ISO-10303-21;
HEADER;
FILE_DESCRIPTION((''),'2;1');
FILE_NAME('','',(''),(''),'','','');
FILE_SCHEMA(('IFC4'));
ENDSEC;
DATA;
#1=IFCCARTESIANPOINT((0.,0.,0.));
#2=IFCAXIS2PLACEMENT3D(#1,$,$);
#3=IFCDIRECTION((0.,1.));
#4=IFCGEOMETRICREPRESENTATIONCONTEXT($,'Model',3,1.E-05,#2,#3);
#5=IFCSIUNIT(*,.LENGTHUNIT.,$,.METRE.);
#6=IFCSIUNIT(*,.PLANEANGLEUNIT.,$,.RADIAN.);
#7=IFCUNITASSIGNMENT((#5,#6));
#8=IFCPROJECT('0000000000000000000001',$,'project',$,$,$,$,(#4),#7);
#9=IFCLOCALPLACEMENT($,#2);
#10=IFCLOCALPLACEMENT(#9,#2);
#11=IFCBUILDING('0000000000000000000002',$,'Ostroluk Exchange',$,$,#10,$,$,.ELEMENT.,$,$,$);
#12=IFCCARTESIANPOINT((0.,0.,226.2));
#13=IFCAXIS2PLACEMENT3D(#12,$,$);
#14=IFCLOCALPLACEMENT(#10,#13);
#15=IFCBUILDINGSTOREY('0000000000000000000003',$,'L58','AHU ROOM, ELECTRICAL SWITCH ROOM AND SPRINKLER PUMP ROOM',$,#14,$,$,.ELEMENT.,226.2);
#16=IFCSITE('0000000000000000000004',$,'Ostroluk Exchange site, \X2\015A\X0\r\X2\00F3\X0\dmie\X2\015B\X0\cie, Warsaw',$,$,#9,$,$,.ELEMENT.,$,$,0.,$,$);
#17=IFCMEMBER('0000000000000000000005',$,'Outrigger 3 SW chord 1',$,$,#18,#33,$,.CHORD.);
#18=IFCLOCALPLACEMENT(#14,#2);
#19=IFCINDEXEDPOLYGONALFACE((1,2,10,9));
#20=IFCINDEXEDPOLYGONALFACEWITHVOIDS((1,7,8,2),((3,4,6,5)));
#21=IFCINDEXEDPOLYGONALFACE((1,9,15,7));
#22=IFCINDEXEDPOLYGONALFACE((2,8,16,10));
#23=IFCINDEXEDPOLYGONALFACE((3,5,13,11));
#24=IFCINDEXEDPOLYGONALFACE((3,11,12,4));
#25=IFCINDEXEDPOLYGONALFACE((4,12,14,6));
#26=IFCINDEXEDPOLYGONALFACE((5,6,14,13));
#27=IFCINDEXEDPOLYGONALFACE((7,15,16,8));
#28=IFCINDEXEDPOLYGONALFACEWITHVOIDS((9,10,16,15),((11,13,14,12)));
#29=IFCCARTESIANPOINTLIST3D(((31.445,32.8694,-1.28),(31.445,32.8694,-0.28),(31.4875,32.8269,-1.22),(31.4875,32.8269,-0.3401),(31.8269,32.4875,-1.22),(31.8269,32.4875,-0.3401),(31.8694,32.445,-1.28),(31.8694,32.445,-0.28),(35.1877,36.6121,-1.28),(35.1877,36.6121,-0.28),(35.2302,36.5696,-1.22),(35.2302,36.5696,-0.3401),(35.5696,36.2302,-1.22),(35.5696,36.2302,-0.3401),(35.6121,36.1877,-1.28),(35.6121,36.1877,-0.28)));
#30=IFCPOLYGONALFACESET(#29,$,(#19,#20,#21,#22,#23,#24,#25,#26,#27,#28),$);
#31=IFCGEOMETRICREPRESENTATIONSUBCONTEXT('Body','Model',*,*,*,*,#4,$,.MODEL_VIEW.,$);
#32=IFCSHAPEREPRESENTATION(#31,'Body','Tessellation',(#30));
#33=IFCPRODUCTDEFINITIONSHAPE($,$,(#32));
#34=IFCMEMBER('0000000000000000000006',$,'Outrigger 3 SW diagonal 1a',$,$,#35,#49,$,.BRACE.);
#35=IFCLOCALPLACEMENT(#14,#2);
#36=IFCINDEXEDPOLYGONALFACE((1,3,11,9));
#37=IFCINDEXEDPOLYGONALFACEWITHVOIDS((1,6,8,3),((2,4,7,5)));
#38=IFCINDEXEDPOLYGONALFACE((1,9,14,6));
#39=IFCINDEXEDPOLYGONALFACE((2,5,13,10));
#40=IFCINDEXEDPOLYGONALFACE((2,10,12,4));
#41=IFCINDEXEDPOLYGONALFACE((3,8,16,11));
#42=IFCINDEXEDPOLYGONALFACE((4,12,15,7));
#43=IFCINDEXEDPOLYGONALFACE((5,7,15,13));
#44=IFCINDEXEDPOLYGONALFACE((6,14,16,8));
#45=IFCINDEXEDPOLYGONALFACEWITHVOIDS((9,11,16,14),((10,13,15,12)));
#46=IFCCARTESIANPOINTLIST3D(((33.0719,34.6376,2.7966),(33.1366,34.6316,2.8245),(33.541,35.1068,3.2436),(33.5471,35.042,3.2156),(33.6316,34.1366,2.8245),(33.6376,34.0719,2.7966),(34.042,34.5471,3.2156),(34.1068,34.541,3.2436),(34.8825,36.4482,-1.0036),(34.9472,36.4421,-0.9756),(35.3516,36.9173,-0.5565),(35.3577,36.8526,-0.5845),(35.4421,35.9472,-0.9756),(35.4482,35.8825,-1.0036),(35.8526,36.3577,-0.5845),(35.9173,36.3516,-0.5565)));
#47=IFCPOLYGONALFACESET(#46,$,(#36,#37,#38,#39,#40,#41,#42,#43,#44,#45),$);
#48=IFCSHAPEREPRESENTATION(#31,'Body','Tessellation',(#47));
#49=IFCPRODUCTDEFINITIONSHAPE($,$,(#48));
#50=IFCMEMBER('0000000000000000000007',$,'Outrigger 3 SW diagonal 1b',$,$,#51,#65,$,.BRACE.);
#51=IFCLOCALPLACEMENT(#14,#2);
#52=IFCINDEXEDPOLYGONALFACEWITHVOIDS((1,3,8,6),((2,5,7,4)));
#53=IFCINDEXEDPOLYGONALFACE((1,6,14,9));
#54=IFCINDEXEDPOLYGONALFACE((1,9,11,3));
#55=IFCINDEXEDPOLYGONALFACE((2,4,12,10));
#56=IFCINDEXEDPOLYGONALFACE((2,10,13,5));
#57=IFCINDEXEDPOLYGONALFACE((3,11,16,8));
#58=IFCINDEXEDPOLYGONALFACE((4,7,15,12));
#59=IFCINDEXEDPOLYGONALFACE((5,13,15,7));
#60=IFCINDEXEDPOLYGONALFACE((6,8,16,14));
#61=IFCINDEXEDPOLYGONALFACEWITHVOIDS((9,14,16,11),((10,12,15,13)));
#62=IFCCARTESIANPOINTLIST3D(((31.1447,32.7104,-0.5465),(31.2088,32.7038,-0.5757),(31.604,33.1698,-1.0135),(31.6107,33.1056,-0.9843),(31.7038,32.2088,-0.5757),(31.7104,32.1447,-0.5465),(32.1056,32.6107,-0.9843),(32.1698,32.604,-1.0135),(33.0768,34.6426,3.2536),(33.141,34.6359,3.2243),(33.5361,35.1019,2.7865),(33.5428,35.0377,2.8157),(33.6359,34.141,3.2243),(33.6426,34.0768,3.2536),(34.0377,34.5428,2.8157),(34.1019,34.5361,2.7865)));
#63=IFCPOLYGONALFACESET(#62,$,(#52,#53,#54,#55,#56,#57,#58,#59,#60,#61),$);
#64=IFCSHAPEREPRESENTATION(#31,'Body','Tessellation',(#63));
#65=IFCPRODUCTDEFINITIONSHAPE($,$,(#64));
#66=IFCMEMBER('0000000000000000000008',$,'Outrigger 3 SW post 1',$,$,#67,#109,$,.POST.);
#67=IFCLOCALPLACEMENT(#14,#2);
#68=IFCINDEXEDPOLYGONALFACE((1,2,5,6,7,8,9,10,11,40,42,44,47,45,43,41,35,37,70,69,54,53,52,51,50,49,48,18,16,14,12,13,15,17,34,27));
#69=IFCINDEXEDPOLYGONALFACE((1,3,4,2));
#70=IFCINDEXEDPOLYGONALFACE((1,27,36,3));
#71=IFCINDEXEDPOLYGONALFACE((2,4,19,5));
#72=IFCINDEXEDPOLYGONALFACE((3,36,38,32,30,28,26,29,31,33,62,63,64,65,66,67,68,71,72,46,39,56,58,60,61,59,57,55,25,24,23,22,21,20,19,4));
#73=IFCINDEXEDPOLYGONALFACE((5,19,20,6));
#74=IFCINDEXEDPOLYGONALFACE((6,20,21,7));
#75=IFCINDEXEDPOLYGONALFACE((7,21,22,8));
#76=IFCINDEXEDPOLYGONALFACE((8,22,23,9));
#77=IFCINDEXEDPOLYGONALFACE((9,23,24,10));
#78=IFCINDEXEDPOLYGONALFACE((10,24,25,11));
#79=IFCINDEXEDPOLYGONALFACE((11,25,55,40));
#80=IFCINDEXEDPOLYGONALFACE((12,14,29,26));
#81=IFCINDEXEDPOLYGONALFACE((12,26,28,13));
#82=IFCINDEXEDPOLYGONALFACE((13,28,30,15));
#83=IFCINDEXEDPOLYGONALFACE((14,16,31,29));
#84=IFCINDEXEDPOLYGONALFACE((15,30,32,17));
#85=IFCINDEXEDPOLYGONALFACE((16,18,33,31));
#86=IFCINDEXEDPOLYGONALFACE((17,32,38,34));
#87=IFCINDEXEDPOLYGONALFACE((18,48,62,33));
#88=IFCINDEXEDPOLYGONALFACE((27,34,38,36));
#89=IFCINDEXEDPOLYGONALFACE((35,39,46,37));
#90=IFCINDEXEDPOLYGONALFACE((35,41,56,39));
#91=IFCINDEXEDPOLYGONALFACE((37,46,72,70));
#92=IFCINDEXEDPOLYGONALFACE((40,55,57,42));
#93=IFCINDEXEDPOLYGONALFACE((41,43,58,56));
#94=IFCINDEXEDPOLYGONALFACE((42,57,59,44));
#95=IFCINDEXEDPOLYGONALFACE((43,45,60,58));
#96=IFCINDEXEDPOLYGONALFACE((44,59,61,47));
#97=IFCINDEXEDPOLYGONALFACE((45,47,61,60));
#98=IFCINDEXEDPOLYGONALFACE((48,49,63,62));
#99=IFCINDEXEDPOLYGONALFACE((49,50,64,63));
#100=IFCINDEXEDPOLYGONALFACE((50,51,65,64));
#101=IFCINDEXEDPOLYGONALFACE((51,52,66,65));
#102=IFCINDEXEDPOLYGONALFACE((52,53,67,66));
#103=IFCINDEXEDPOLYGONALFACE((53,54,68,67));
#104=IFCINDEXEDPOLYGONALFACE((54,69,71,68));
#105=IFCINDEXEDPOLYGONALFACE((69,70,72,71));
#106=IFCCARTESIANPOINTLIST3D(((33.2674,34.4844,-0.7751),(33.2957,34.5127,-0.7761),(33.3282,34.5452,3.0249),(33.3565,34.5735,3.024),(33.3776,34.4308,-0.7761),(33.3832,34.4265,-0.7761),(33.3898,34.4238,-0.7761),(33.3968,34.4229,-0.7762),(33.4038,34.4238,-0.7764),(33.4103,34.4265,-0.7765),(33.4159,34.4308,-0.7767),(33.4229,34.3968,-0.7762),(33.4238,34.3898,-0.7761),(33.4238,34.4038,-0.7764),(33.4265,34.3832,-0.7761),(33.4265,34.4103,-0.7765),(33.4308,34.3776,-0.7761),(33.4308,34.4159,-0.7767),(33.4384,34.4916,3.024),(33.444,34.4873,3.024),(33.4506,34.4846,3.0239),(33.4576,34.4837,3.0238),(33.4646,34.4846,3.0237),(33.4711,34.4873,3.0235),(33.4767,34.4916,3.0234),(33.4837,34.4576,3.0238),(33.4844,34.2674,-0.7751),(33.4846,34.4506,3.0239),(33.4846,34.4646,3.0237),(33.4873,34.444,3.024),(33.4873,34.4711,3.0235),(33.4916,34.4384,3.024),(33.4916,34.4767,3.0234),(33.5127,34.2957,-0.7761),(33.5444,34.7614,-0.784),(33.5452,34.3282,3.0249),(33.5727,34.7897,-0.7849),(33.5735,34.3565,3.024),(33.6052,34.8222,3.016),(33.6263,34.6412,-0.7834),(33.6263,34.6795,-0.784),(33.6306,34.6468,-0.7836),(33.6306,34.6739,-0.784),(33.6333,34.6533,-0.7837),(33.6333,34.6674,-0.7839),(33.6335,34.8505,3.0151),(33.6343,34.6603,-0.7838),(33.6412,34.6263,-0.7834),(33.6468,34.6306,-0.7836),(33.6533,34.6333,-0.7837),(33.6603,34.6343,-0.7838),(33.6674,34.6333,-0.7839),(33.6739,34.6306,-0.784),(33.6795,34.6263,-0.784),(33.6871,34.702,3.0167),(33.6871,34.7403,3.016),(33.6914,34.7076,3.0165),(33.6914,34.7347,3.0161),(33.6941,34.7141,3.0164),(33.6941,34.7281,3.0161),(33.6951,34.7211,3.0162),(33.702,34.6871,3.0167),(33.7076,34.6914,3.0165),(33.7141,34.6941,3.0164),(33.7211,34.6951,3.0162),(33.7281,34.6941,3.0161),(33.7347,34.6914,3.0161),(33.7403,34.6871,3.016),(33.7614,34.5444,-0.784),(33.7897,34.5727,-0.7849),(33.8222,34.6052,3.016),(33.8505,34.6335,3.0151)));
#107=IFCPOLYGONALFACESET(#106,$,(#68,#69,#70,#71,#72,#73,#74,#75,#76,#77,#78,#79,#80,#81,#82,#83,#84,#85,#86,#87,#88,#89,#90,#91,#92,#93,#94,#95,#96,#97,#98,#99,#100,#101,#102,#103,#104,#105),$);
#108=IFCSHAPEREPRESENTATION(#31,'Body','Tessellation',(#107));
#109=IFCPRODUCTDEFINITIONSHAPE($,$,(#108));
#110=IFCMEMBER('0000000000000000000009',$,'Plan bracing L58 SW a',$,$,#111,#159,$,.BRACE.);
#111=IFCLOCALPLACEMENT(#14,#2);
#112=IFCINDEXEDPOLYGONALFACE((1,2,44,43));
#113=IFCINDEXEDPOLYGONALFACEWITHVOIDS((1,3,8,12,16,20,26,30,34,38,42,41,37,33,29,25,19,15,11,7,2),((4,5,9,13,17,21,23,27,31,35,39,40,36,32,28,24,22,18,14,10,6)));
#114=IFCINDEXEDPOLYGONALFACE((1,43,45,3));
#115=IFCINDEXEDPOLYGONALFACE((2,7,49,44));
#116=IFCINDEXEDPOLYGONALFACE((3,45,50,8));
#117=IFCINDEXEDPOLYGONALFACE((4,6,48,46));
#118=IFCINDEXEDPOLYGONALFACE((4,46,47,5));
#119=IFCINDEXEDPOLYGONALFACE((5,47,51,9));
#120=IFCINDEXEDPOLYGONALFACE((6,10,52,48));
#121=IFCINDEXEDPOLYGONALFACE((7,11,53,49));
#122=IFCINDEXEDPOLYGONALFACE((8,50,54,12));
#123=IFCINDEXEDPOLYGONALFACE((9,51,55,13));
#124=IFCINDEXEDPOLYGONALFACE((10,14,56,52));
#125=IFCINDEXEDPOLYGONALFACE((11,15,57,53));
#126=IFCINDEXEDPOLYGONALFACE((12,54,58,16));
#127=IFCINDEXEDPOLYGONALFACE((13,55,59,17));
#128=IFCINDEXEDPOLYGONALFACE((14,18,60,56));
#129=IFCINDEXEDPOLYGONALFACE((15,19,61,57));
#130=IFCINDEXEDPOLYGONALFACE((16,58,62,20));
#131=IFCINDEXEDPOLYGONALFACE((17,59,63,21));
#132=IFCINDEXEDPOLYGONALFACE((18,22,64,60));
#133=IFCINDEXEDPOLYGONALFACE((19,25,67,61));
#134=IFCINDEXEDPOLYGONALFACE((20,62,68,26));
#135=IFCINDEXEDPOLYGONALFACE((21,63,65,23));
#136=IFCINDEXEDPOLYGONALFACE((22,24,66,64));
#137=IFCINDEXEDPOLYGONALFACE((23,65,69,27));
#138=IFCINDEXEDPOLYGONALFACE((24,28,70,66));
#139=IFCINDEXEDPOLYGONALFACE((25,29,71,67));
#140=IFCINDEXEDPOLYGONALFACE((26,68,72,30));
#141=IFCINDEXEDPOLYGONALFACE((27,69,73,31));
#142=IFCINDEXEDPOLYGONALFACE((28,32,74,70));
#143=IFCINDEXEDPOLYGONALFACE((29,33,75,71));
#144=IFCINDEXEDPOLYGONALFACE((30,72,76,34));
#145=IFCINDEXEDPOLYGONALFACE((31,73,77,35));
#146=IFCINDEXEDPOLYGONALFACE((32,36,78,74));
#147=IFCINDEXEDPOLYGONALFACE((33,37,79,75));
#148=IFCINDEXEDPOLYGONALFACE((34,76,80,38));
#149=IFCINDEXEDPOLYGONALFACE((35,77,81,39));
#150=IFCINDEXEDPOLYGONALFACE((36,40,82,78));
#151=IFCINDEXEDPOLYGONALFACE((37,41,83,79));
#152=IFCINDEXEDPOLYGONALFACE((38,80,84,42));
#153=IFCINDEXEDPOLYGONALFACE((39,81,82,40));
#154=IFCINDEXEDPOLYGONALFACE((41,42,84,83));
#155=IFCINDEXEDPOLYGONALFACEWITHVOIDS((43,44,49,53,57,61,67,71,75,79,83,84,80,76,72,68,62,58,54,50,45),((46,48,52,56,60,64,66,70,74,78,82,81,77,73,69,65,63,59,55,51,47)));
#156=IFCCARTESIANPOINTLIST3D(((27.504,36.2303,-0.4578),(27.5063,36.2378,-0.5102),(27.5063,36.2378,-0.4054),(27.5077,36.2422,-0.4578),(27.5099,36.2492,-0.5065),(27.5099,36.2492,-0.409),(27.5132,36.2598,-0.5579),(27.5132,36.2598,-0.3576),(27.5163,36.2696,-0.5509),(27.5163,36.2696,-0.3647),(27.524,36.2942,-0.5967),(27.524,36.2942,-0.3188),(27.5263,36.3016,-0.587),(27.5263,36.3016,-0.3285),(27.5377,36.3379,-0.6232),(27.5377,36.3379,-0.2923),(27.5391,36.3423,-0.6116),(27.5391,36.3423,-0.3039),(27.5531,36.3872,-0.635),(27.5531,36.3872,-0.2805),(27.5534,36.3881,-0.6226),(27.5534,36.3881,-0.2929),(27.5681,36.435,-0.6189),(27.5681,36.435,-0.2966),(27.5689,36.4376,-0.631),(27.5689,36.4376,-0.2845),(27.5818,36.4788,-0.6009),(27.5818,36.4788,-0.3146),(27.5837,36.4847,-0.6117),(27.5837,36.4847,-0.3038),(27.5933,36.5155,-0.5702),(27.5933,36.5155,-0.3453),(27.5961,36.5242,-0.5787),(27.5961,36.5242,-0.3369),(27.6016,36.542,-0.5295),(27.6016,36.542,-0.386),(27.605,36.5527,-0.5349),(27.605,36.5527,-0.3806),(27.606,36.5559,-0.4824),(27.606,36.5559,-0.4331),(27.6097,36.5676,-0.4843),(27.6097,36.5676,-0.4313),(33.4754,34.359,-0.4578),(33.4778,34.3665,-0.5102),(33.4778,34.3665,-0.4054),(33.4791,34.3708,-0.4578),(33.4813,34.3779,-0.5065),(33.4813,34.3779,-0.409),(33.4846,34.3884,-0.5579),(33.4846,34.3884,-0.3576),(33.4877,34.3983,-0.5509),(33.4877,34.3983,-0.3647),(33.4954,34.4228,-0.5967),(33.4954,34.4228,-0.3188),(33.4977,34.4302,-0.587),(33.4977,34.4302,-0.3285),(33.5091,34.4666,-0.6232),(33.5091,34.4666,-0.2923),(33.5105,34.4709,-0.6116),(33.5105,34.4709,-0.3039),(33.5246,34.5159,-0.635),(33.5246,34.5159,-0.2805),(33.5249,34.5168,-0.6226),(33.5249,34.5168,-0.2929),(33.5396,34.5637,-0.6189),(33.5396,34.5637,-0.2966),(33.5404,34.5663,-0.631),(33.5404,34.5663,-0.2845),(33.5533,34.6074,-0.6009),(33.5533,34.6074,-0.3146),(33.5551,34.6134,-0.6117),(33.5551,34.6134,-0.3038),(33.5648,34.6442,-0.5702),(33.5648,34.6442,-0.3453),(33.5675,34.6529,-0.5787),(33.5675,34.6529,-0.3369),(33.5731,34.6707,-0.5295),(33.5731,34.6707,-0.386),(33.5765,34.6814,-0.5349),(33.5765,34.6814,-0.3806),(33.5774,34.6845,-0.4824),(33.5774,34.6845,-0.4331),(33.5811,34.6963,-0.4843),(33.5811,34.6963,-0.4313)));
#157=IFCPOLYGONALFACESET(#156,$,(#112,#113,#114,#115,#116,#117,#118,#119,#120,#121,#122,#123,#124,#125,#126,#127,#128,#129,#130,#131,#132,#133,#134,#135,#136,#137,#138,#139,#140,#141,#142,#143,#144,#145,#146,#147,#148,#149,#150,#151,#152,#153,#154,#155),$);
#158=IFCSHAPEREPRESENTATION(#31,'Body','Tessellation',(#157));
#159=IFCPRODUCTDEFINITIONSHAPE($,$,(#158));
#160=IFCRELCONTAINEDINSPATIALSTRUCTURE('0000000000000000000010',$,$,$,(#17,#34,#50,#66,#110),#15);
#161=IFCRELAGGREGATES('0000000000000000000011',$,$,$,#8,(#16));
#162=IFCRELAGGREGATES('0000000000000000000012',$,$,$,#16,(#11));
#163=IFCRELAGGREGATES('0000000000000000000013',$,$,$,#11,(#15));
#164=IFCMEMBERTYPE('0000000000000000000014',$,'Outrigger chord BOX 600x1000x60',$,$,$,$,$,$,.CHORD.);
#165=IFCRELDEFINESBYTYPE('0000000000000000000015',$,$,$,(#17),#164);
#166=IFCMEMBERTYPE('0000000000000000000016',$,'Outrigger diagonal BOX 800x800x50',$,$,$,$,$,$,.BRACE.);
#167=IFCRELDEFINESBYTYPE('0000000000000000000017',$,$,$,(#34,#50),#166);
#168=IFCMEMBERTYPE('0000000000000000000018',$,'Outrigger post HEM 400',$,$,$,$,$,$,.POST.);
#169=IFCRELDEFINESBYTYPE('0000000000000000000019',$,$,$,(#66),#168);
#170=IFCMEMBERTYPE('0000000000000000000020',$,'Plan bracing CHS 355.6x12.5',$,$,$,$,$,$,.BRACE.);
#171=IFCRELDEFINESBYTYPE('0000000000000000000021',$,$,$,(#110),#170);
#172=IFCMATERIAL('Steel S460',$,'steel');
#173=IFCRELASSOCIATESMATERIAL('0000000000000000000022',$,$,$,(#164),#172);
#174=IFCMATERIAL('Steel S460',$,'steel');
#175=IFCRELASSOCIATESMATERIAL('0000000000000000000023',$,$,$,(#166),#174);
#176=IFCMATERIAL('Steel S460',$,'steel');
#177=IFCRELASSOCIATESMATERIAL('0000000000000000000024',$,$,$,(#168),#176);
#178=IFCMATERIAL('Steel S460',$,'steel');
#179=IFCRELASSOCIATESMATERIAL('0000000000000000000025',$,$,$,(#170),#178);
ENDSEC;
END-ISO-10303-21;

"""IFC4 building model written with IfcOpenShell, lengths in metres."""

from ifc_helpers import new_model, si_unit, direction, frame, origin, origin_2d, place, context, subcontext, project, spatial, hollow_rectangle, hollow_circle, i_section, extrude, material, material_profile, profile_set, type_object, element, save


model = new_model("IFC4")

# Units and contexts
model_context = context("Model", 3, precision=1e-05, world=origin(), true_north=direction((0.0, 1.0)))
body_context = subcontext(model_context, "Body", "Model", "MODEL_VIEW")
ifc_project = project(units=[si_unit("LENGTHUNIT", "METRE"), si_unit("PLANEANGLEUNIT", "RADIAN")], contexts=[model_context])

# Site, building, storey
site_placement = place(None, origin())
site = spatial("IfcSite", under=ifc_project, at=site_placement, Name="Ostroluk Exchange site, Śródmieście, Warsaw", CompositionType="ELEMENT", RefElevation=0.0)
building_placement = place(site_placement, origin())
building = spatial("IfcBuilding", under=site, at=building_placement, Name="Ostroluk Exchange", CompositionType="ELEMENT")
storey_placement = place(building_placement, frame((0.0, 0.0, 226.2)))
storey = spatial("IfcBuildingStorey", under=building, at=storey_placement, Name="L58", Description="AHU ROOM, ELECTRICAL SWITCH ROOM AND SPRINKLER PUMP ROOM", CompositionType="ELEMENT", Elevation=226.2)

# Members
ifc_material_1 = material(Name="Steel S460", Category="steel")
ifc_material_profile_1 = material_profile(ifc_material_1, hollow_rectangle(XDim=0.6001, YDim=1.0, WallThickness=0.0601, at=origin_2d()), Name="BOX 600x1000x60")
ifc_profile_set_1 = profile_set([ifc_material_profile_1], Name="Steel S460")
member_type_1 = type_object("IfcMemberType", Name="Outrigger chord BOX 600x1000x60", PredefinedType="CHORD", material=ifc_profile_set_1)
member_1_placement = place(storey_placement, frame((35.3999, 36.3999, -0.78), z_axis=(-0.707107, -0.707107, 0.0), x_axis=(0.707107, -0.707107, 0.0)))
element("IfcMember", 1, at=member_1_placement, inside=storey, type_object=member_type_1, Name="Outrigger 3 SW chord 1", PredefinedType="CHORD", context=body_context, shape_type="SweptSolid", body=[
    extrude(hollow_rectangle(XDim=0.6001, YDim=1.0, WallThickness=0.0601, at=origin_2d()), origin(), (0.0, 0.0, 1.0), 5.293),
])
ifc_material_2 = material(Name="Steel S460", Category="steel")
ifc_material_profile_2 = material_profile(ifc_material_2, hollow_rectangle(XDim=0.8, YDim=0.8, WallThickness=0.05, at=origin_2d()), Name="BOX 800x800x50")
ifc_profile_set_2 = profile_set([ifc_material_profile_2], Name="Steel S460")
member_type_2 = type_object("IfcMemberType", Name="Outrigger diagonal BOX 800x800x50", PredefinedType="BRACE", material=ifc_profile_set_2)
member_2_placement = place(storey_placement, frame((35.3999, 36.3999, -0.78), z_axis=(-0.395126, -0.395126, 0.829307), x_axis=(0.707107, -0.707107, 0.0)))
element("IfcMember", 2, at=member_2_placement, inside=storey, type_object=member_type_2, Name="Outrigger 3 SW diagonal 1a", PredefinedType="BRACE", context=body_context, shape_type="SweptSolid", body=[
    extrude(hollow_rectangle(XDim=0.8, YDim=0.8, WallThickness=0.05, at=origin_2d()), origin(), (0.0, 0.0, 1.0), 4.5823),
])
member_3_placement = place(storey_placement, frame((33.5894, 34.5894, 3.02), z_axis=(-0.412808, -0.412808, -0.811898), x_axis=(0.707107, -0.707107, 0.0)))
element("IfcMember", 3, at=member_3_placement, inside=storey, type_object=member_type_2, Name="Outrigger 3 SW diagonal 1b", PredefinedType="BRACE", context=body_context, shape_type="SweptSolid", body=[
    extrude(hollow_rectangle(XDim=0.8, YDim=0.8, WallThickness=0.05, at=origin_2d()), origin(), (0.0, 0.0, 1.0), 4.6804),
])
ifc_material_3 = material(Name="Steel S460", Category="steel")
ifc_material_profile_3 = material_profile(ifc_material_3, i_section(OverallWidth=0.3069, OverallDepth=0.4319, WebThickness=0.021, FlangeThickness=0.04, FilletRadius=0.0271, at=origin_2d()), Name="HEM 400")
ifc_profile_set_3 = profile_set([ifc_material_profile_3], Name="Steel S460")
member_type_3 = type_object("IfcMemberType", Name="Outrigger post HEM 400", PredefinedType="POST", material=ifc_profile_set_3)
member_4_placement = place(storey_placement, frame((33.5286, 34.5286, -0.78), z_axis=(0.015993, 0.015993, 0.999744), x_axis=(-0.707107, 0.707107, 0.0)))
element("IfcMember", 4, at=member_4_placement, inside=storey, type_object=member_type_3, Name="Outrigger 3 SW post 1", PredefinedType="POST", context=body_context, shape_type="SweptSolid", body=[
    extrude(i_section(OverallWidth=0.3069, OverallDepth=0.4319, WebThickness=0.021, FlangeThickness=0.04, FilletRadius=0.0271, at=origin_2d()), origin(), (0.0, 0.0, 1.0), 3.801),
])
ifc_material_4 = material(Name="Steel S460", Category="steel")
ifc_material_profile_4 = material_profile(ifc_material_4, hollow_circle(Radius=0.1777, WallThickness=0.0125, at=origin_2d()), Name="CHS 355.6x12.5")
ifc_profile_set_4 = profile_set([ifc_material_profile_4], Name="Steel S460")
member_type_4 = type_object("IfcMemberType", Name="Plan bracing CHS 355.6x12.5", PredefinedType="BRACE", material=ifc_profile_set_4)
for number, where, z_axis, x_axis, name in (
    (5, (33.5286, 34.5286, -0.4578), (-0.95424, 0.299041, 0.0), (-0.299041, -0.95424, 0.0), "Plan bracing L58 SW a"),
):
    element("IfcMember", number, at=place(storey_placement, frame(where, z_axis=z_axis, x_axis=x_axis)), inside=storey, type_object=member_type_4, Name=name, PredefinedType="BRACE", context=body_context, shape_type="SweptSolid", body=[
        extrude(hollow_circle(Radius=0.1777, WallThickness=0.0125, at=origin_2d()), origin(), (0.0, 0.0, 1.0), 6.2578),
    ])

save(model, "model.ifc")
